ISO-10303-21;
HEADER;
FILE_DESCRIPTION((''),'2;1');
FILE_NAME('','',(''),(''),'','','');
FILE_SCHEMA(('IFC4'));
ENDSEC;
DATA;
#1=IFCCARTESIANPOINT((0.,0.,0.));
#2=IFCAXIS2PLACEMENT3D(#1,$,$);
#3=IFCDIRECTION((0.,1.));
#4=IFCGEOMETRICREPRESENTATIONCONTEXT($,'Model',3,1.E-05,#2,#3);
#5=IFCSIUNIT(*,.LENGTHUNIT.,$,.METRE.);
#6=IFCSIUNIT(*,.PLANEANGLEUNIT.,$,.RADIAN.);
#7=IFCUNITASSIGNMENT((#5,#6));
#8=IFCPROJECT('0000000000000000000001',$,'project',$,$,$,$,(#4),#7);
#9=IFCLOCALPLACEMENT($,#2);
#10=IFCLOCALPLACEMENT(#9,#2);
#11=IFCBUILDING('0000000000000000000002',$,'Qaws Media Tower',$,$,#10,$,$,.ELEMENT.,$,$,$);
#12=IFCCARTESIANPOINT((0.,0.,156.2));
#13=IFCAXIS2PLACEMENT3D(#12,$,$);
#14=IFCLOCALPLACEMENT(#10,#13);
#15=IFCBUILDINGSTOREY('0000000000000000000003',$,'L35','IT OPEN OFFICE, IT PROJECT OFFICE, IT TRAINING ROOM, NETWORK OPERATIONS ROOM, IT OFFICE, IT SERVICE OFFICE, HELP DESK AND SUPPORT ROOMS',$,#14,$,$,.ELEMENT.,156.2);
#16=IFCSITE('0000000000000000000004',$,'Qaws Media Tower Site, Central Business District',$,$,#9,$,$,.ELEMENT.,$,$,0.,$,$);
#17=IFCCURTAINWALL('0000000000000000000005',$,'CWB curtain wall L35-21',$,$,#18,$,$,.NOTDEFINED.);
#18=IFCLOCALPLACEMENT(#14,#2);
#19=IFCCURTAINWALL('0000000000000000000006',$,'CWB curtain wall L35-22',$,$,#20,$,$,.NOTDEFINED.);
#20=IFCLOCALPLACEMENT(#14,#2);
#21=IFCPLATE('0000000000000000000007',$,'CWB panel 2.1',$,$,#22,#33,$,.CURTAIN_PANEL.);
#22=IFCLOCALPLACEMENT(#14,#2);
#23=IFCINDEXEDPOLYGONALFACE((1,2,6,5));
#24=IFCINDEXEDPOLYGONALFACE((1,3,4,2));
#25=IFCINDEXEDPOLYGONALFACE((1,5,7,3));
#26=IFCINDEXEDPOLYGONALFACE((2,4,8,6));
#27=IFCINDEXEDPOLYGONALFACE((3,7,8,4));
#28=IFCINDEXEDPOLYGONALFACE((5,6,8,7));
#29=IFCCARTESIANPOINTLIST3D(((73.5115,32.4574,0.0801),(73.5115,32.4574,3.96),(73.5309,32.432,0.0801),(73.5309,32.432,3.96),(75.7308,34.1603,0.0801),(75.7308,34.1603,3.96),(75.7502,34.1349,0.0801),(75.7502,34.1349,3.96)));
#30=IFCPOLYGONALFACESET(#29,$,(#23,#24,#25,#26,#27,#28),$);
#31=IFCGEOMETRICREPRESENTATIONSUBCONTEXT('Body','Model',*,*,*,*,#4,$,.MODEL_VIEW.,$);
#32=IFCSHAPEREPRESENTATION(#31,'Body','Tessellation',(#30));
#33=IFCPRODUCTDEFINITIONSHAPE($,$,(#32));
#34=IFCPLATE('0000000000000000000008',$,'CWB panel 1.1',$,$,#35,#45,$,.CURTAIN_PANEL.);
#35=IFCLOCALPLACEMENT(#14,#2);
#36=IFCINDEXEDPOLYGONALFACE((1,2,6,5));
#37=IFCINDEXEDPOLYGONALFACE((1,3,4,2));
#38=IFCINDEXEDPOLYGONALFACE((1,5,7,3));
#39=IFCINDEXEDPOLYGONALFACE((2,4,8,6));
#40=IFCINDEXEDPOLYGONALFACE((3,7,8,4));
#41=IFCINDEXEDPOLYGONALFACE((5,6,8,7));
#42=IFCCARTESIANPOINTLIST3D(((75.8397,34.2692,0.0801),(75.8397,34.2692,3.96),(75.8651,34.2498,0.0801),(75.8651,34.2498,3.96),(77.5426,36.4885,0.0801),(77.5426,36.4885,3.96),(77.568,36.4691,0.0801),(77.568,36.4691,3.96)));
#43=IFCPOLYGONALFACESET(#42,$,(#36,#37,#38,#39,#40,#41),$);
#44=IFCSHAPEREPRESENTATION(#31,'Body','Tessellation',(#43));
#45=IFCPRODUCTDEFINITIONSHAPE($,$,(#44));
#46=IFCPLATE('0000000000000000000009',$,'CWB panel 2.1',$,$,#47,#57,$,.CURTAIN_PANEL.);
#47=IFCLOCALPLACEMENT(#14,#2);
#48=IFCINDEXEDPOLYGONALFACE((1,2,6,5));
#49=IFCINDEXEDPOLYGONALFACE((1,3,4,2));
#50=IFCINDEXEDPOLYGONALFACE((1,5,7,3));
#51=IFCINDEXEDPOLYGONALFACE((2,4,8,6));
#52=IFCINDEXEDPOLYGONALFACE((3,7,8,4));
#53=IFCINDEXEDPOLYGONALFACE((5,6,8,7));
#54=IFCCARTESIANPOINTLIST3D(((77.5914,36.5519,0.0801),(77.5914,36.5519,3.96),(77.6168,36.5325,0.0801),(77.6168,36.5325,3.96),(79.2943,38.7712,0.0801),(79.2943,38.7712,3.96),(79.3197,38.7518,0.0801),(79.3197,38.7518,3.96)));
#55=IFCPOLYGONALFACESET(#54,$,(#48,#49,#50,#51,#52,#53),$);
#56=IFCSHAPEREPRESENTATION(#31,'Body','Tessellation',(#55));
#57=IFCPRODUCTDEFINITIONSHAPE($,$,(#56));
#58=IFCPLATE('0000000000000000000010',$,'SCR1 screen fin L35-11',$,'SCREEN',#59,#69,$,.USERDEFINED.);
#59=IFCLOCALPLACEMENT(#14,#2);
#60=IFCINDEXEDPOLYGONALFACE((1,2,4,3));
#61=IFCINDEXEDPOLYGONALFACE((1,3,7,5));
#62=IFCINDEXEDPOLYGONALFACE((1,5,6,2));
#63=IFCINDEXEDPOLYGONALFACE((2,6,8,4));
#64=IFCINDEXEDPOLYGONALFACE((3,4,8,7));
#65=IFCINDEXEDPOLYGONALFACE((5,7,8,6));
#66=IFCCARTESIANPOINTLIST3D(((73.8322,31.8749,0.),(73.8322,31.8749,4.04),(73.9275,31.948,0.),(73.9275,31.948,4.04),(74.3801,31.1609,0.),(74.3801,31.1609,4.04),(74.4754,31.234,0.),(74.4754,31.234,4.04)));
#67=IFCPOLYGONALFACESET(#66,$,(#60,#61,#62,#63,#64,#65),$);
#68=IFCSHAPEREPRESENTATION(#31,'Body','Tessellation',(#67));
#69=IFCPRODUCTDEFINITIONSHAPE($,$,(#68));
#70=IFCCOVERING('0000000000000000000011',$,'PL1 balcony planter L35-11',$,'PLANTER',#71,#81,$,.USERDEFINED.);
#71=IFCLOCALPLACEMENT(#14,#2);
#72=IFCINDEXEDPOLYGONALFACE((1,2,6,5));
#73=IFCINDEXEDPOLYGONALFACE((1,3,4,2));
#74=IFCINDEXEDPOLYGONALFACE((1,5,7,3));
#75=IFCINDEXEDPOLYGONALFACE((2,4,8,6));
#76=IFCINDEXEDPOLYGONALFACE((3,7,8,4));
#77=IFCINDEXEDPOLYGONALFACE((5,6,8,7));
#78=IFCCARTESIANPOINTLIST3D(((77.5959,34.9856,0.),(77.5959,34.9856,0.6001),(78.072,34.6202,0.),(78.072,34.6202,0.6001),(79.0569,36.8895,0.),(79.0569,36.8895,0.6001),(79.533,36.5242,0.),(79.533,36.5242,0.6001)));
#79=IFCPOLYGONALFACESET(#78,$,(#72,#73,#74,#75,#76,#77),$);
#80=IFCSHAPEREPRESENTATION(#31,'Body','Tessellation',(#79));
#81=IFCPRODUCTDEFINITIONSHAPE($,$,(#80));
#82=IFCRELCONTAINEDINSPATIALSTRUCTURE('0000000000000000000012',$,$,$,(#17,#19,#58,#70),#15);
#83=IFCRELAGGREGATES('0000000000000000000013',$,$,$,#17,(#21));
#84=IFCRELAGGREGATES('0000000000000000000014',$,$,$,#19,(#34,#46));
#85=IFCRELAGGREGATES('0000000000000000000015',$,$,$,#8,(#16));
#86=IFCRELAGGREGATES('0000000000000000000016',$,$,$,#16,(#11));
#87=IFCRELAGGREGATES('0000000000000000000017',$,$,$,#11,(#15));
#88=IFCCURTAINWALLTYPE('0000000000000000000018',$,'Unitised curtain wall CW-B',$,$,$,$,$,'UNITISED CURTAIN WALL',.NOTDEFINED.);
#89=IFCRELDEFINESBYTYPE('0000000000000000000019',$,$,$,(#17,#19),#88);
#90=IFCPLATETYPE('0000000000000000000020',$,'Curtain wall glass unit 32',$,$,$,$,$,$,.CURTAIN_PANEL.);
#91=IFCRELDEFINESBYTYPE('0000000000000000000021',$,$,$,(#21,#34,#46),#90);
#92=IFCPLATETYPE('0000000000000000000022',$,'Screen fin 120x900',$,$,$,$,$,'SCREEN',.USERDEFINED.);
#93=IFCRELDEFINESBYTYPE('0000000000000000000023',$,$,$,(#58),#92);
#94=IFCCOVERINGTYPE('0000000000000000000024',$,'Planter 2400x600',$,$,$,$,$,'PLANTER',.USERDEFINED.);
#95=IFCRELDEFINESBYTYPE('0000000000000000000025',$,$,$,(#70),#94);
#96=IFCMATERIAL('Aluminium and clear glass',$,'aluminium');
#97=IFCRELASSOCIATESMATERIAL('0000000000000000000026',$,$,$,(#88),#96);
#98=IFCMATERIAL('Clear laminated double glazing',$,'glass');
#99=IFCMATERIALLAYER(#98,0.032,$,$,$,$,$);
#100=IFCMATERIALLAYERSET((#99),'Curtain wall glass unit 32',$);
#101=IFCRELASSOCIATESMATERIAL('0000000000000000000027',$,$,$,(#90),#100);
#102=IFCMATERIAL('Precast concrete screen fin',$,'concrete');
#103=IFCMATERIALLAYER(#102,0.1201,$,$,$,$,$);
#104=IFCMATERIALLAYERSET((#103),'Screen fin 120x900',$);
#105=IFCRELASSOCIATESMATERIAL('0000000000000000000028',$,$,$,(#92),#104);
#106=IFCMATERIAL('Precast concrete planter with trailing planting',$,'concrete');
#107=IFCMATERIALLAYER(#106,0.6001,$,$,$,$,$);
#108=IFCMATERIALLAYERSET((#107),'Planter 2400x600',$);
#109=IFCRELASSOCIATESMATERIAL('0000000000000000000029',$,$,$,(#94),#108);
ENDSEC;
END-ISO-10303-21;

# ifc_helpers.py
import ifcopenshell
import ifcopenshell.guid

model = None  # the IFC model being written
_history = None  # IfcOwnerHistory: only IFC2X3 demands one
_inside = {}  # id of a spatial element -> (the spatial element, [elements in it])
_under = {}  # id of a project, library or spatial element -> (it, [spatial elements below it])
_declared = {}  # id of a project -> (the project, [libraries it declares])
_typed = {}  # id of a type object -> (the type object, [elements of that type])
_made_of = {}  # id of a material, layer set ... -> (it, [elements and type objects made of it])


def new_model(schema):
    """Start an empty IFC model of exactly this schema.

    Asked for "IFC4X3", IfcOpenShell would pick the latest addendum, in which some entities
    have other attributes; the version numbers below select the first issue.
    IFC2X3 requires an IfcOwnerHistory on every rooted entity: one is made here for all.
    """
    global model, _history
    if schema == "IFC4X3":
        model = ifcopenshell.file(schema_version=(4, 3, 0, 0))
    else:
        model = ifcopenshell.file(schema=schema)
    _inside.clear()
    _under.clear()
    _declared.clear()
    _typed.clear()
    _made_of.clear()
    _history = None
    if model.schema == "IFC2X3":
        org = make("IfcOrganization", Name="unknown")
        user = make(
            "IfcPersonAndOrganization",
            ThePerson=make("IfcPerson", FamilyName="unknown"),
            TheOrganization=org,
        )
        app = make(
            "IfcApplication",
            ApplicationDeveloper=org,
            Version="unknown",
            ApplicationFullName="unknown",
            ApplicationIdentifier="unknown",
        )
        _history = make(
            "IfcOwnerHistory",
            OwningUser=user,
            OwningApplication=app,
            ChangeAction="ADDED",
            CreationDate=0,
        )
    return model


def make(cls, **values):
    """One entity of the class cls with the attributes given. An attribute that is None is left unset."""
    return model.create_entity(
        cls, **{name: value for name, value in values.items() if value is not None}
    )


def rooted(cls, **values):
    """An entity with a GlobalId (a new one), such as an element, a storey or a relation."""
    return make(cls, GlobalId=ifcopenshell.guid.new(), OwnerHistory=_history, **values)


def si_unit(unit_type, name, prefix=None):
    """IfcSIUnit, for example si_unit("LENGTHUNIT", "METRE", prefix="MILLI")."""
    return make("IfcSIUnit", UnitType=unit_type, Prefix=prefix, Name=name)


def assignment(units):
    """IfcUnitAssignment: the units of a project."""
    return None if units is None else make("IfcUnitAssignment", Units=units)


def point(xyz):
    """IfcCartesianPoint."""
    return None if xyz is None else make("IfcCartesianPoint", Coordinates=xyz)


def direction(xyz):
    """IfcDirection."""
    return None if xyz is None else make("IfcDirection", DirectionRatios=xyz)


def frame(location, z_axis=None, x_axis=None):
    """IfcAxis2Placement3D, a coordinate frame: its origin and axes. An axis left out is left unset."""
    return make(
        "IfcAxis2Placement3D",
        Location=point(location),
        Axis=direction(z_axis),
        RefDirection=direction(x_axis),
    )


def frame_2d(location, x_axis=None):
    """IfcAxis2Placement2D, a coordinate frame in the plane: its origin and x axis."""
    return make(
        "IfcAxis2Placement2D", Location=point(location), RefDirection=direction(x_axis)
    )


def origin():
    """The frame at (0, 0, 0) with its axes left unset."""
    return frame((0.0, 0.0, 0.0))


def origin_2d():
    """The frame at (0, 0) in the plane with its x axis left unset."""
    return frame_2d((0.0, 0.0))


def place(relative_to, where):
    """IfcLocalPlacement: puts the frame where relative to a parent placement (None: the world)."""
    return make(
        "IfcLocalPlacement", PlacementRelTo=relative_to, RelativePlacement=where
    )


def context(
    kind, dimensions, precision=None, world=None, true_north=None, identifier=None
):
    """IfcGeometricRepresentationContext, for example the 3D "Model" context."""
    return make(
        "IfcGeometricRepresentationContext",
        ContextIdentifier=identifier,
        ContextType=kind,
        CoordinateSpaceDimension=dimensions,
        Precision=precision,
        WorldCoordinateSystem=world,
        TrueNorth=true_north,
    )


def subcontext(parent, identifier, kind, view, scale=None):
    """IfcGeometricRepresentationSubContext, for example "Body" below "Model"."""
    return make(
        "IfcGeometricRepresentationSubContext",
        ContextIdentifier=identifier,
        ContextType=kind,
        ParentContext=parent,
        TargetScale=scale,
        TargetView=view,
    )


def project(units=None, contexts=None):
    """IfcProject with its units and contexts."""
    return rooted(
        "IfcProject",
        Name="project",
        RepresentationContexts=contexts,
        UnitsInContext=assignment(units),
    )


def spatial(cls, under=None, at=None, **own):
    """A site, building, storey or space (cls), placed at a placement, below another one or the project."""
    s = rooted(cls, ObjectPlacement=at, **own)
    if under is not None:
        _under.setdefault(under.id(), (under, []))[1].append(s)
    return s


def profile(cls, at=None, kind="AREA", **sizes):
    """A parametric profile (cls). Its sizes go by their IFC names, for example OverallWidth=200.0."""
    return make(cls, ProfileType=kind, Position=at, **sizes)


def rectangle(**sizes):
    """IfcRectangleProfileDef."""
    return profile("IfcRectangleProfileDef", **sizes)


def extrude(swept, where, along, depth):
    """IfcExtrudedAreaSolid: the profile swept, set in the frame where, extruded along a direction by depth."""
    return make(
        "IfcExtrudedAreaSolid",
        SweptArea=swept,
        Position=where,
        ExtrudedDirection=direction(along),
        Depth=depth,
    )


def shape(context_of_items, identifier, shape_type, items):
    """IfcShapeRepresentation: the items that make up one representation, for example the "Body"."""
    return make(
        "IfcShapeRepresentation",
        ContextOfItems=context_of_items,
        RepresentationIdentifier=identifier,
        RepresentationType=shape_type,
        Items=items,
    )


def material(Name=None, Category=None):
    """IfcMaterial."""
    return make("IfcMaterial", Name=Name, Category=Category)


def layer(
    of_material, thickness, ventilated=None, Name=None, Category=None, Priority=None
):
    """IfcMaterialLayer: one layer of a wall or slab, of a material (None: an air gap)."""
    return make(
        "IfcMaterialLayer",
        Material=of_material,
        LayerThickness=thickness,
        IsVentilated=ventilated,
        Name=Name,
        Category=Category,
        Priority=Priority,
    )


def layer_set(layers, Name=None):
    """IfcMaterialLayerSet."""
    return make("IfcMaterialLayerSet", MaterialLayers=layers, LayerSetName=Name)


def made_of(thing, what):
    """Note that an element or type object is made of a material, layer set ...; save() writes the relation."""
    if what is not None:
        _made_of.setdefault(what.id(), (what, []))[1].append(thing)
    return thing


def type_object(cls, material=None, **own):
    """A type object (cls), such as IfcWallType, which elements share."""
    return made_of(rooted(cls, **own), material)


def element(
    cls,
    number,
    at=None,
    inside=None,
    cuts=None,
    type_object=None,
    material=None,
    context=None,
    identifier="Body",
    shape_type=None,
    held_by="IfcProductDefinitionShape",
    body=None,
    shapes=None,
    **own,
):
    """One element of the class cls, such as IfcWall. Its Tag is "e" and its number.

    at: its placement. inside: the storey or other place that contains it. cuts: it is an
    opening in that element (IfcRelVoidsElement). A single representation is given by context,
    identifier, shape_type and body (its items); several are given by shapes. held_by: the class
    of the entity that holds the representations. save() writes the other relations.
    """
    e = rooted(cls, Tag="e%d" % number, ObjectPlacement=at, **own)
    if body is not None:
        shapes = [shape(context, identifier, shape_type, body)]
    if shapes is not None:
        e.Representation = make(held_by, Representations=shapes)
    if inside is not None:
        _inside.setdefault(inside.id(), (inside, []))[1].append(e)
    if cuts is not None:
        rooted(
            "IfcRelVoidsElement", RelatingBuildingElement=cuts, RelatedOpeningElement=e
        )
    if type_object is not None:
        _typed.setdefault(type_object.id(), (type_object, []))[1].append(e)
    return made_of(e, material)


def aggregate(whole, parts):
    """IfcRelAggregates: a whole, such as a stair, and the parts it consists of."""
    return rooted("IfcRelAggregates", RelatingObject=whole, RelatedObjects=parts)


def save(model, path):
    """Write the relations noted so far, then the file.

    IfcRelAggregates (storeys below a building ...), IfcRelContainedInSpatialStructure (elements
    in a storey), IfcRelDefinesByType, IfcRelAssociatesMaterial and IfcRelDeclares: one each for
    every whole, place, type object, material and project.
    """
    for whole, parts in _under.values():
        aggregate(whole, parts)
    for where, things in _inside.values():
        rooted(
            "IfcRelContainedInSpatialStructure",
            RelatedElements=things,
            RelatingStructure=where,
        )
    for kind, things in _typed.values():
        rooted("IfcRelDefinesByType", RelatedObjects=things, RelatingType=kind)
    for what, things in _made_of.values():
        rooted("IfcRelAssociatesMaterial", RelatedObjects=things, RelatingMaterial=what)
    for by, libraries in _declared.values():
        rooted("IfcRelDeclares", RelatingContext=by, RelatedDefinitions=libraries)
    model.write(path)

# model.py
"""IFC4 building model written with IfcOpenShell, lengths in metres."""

from ifc_helpers import new_model, si_unit, direction, frame, origin, origin_2d, place, context, subcontext, project, spatial, rectangle, extrude, material, layer, layer_set, type_object, element, aggregate, save


model = new_model("IFC4")

# Units and contexts
model_context = context("Model", 3, precision=1e-05, world=origin(), true_north=direction((0.0, 1.0)))
body_context = subcontext(model_context, "Body", "Model", "MODEL_VIEW")
ifc_project = project(units=[si_unit("LENGTHUNIT", "METRE"), si_unit("PLANEANGLEUNIT", "RADIAN")], contexts=[model_context])

# Site, building, storey
site_placement = place(None, origin())
site = spatial("IfcSite", under=ifc_project, at=site_placement, Name="Qaws Media Tower Site, Central Business District", CompositionType="ELEMENT", RefElevation=0.0)
building_placement = place(site_placement, origin())
building = spatial("IfcBuilding", under=site, at=building_placement, Name="Qaws Media Tower", CompositionType="ELEMENT")
storey_placement = place(building_placement, frame((0.0, 0.0, 156.2)))
storey = spatial("IfcBuildingStorey", under=building, at=storey_placement, Name="L35", Description="IT OPEN OFFICE, IT PROJECT OFFICE, IT TRAINING ROOM, NETWORK OPERATIONS ROOM, IT OFFICE, IT SERVICE OFFICE, HELP DESK AND SUPPORT ROOMS", CompositionType="ELEMENT", Elevation=156.2)

# Curtain walls
ifc_material_1 = material(Name="Aluminium and clear glass", Category="aluminium")
curtain_wall_type = type_object("IfcCurtainWallType", Name="Unitised curtain wall CW-B", ElementType="UNITISED CURTAIN WALL", PredefinedType="NOTDEFINED", material=ifc_material_1)
curtain_wall_1_placement = place(storey_placement, origin())
curtain_wall_1 = element("IfcCurtainWall", 1, at=curtain_wall_1_placement, inside=storey, type_object=curtain_wall_type, Name="CWB curtain wall L35-21", PredefinedType="NOTDEFINED")
curtain_wall_2_placement = place(storey_placement, origin())
curtain_wall_2 = element("IfcCurtainWall", 2, at=curtain_wall_2_placement, inside=storey, type_object=curtain_wall_type, Name="CWB curtain wall L35-22", PredefinedType="NOTDEFINED")

# Plates
ifc_material_2 = material(Name="Clear laminated double glazing", Category="glass")
ifc_layer_1 = layer(ifc_material_2, 0.032)
ifc_layer_set_1 = layer_set([ifc_layer_1], Name="Curtain wall glass unit 32")
plate_type_1 = type_object("IfcPlateType", Name="Curtain wall glass unit 32", PredefinedType="CURTAIN_PANEL", material=ifc_layer_set_1)
plate_1_placement = place(storey_placement, frame((74.6309, 33.2961, 0.0801), z_axis=(0.0, 0.0, 1.0), x_axis=(0.793353, 0.608761, 0.0)))
plate_1 = element("IfcPlate", 3, at=plate_1_placement, type_object=plate_type_1, Name="CWB panel 2.1", PredefinedType="CURTAIN_PANEL", context=body_context, shape_type="SweptSolid", body=[
    extrude(rectangle(XDim=2.7974, YDim=0.032, at=origin_2d()), origin(), (0.0, 0.0, 1.0), 3.8799),
])
aggregate(curtain_wall_1, [plate_1])
plate_2_placement = place(storey_placement, frame((76.7039, 35.3691, 0.0801), z_axis=(0.0, 0.0, 1.0), x_axis=(0.608761, 0.793353, 0.0)))
plate_2 = element("IfcPlate", 4, at=plate_2_placement, type_object=plate_type_1, Name="CWB panel 1.1", PredefinedType="CURTAIN_PANEL", context=body_context, shape_type="SweptSolid", body=[
    extrude(rectangle(XDim=2.7974, YDim=0.032, at=origin_2d()), origin(), (0.0, 0.0, 1.0), 3.8799),
])
plate_3_placement = place(storey_placement, frame((78.4556, 37.6519, 0.0801), z_axis=(0.0, 0.0, 1.0), x_axis=(0.608761, 0.793353, 0.0)))
plate_3 = element("IfcPlate", 5, at=plate_3_placement, type_object=plate_type_1, Name="CWB panel 2.1", PredefinedType="CURTAIN_PANEL", context=body_context, shape_type="SweptSolid", body=[
    extrude(rectangle(XDim=2.7974, YDim=0.032, at=origin_2d()), origin(), (0.0, 0.0, 1.0), 3.8799),
])
aggregate(curtain_wall_2, [plate_2, plate_3])
ifc_material_3 = material(Name="Precast concrete screen fin", Category="concrete")
ifc_layer_2 = layer(ifc_material_3, 0.1201)
ifc_layer_set_2 = layer_set([ifc_layer_2], Name="Screen fin 120x900")
plate_type_2 = type_object("IfcPlateType", Name="Screen fin 120x900", ElementType="SCREEN", PredefinedType="USERDEFINED", material=ifc_layer_set_2)
plate_4_placement = place(storey_placement, frame((74.1538, 31.5544, 0.0), z_axis=(0.0, 0.0, 1.0), x_axis=(0.608761, -0.793353, 0.0)))
element("IfcPlate", 6, at=plate_4_placement, inside=storey, type_object=plate_type_2, Name="SCR1 screen fin L35-11", ObjectType="SCREEN", PredefinedType="USERDEFINED", context=body_context, shape_type="SweptSolid", body=[
    extrude(rectangle(XDim=0.8999, YDim=0.1201, at=origin_2d()), origin(), (0.0, 0.0, 1.0), 4.04),
])

# Covering
ifc_material_4 = material(Name="Precast concrete planter with trailing planting", Category="concrete")
ifc_layer_3 = layer(ifc_material_4, 0.6001)
ifc_layer_set_3 = layer_set([ifc_layer_3], Name="Planter 2400x600")
covering_type = type_object("IfcCoveringType", Name="Planter 2400x600", ElementType="PLANTER", PredefinedType="USERDEFINED", material=ifc_layer_set_3)
covering_placement = place(storey_placement, frame((78.5645, 35.7549, 0.0), z_axis=(0.0, 0.0, 1.0), x_axis=(0.608761, 0.793353, 0.0)))
element("IfcCovering", 7, at=covering_placement, inside=storey, type_object=covering_type, Name="PL1 balcony planter L35-11", ObjectType="PLANTER", PredefinedType="USERDEFINED", context=body_context, shape_type="SweptSolid", body=[
    extrude(rectangle(XDim=2.3999, YDim=0.6001, at=origin_2d()), origin(), (0.0, 0.0, 1.0), 0.6001),
])

save(model, "model.ifc")
